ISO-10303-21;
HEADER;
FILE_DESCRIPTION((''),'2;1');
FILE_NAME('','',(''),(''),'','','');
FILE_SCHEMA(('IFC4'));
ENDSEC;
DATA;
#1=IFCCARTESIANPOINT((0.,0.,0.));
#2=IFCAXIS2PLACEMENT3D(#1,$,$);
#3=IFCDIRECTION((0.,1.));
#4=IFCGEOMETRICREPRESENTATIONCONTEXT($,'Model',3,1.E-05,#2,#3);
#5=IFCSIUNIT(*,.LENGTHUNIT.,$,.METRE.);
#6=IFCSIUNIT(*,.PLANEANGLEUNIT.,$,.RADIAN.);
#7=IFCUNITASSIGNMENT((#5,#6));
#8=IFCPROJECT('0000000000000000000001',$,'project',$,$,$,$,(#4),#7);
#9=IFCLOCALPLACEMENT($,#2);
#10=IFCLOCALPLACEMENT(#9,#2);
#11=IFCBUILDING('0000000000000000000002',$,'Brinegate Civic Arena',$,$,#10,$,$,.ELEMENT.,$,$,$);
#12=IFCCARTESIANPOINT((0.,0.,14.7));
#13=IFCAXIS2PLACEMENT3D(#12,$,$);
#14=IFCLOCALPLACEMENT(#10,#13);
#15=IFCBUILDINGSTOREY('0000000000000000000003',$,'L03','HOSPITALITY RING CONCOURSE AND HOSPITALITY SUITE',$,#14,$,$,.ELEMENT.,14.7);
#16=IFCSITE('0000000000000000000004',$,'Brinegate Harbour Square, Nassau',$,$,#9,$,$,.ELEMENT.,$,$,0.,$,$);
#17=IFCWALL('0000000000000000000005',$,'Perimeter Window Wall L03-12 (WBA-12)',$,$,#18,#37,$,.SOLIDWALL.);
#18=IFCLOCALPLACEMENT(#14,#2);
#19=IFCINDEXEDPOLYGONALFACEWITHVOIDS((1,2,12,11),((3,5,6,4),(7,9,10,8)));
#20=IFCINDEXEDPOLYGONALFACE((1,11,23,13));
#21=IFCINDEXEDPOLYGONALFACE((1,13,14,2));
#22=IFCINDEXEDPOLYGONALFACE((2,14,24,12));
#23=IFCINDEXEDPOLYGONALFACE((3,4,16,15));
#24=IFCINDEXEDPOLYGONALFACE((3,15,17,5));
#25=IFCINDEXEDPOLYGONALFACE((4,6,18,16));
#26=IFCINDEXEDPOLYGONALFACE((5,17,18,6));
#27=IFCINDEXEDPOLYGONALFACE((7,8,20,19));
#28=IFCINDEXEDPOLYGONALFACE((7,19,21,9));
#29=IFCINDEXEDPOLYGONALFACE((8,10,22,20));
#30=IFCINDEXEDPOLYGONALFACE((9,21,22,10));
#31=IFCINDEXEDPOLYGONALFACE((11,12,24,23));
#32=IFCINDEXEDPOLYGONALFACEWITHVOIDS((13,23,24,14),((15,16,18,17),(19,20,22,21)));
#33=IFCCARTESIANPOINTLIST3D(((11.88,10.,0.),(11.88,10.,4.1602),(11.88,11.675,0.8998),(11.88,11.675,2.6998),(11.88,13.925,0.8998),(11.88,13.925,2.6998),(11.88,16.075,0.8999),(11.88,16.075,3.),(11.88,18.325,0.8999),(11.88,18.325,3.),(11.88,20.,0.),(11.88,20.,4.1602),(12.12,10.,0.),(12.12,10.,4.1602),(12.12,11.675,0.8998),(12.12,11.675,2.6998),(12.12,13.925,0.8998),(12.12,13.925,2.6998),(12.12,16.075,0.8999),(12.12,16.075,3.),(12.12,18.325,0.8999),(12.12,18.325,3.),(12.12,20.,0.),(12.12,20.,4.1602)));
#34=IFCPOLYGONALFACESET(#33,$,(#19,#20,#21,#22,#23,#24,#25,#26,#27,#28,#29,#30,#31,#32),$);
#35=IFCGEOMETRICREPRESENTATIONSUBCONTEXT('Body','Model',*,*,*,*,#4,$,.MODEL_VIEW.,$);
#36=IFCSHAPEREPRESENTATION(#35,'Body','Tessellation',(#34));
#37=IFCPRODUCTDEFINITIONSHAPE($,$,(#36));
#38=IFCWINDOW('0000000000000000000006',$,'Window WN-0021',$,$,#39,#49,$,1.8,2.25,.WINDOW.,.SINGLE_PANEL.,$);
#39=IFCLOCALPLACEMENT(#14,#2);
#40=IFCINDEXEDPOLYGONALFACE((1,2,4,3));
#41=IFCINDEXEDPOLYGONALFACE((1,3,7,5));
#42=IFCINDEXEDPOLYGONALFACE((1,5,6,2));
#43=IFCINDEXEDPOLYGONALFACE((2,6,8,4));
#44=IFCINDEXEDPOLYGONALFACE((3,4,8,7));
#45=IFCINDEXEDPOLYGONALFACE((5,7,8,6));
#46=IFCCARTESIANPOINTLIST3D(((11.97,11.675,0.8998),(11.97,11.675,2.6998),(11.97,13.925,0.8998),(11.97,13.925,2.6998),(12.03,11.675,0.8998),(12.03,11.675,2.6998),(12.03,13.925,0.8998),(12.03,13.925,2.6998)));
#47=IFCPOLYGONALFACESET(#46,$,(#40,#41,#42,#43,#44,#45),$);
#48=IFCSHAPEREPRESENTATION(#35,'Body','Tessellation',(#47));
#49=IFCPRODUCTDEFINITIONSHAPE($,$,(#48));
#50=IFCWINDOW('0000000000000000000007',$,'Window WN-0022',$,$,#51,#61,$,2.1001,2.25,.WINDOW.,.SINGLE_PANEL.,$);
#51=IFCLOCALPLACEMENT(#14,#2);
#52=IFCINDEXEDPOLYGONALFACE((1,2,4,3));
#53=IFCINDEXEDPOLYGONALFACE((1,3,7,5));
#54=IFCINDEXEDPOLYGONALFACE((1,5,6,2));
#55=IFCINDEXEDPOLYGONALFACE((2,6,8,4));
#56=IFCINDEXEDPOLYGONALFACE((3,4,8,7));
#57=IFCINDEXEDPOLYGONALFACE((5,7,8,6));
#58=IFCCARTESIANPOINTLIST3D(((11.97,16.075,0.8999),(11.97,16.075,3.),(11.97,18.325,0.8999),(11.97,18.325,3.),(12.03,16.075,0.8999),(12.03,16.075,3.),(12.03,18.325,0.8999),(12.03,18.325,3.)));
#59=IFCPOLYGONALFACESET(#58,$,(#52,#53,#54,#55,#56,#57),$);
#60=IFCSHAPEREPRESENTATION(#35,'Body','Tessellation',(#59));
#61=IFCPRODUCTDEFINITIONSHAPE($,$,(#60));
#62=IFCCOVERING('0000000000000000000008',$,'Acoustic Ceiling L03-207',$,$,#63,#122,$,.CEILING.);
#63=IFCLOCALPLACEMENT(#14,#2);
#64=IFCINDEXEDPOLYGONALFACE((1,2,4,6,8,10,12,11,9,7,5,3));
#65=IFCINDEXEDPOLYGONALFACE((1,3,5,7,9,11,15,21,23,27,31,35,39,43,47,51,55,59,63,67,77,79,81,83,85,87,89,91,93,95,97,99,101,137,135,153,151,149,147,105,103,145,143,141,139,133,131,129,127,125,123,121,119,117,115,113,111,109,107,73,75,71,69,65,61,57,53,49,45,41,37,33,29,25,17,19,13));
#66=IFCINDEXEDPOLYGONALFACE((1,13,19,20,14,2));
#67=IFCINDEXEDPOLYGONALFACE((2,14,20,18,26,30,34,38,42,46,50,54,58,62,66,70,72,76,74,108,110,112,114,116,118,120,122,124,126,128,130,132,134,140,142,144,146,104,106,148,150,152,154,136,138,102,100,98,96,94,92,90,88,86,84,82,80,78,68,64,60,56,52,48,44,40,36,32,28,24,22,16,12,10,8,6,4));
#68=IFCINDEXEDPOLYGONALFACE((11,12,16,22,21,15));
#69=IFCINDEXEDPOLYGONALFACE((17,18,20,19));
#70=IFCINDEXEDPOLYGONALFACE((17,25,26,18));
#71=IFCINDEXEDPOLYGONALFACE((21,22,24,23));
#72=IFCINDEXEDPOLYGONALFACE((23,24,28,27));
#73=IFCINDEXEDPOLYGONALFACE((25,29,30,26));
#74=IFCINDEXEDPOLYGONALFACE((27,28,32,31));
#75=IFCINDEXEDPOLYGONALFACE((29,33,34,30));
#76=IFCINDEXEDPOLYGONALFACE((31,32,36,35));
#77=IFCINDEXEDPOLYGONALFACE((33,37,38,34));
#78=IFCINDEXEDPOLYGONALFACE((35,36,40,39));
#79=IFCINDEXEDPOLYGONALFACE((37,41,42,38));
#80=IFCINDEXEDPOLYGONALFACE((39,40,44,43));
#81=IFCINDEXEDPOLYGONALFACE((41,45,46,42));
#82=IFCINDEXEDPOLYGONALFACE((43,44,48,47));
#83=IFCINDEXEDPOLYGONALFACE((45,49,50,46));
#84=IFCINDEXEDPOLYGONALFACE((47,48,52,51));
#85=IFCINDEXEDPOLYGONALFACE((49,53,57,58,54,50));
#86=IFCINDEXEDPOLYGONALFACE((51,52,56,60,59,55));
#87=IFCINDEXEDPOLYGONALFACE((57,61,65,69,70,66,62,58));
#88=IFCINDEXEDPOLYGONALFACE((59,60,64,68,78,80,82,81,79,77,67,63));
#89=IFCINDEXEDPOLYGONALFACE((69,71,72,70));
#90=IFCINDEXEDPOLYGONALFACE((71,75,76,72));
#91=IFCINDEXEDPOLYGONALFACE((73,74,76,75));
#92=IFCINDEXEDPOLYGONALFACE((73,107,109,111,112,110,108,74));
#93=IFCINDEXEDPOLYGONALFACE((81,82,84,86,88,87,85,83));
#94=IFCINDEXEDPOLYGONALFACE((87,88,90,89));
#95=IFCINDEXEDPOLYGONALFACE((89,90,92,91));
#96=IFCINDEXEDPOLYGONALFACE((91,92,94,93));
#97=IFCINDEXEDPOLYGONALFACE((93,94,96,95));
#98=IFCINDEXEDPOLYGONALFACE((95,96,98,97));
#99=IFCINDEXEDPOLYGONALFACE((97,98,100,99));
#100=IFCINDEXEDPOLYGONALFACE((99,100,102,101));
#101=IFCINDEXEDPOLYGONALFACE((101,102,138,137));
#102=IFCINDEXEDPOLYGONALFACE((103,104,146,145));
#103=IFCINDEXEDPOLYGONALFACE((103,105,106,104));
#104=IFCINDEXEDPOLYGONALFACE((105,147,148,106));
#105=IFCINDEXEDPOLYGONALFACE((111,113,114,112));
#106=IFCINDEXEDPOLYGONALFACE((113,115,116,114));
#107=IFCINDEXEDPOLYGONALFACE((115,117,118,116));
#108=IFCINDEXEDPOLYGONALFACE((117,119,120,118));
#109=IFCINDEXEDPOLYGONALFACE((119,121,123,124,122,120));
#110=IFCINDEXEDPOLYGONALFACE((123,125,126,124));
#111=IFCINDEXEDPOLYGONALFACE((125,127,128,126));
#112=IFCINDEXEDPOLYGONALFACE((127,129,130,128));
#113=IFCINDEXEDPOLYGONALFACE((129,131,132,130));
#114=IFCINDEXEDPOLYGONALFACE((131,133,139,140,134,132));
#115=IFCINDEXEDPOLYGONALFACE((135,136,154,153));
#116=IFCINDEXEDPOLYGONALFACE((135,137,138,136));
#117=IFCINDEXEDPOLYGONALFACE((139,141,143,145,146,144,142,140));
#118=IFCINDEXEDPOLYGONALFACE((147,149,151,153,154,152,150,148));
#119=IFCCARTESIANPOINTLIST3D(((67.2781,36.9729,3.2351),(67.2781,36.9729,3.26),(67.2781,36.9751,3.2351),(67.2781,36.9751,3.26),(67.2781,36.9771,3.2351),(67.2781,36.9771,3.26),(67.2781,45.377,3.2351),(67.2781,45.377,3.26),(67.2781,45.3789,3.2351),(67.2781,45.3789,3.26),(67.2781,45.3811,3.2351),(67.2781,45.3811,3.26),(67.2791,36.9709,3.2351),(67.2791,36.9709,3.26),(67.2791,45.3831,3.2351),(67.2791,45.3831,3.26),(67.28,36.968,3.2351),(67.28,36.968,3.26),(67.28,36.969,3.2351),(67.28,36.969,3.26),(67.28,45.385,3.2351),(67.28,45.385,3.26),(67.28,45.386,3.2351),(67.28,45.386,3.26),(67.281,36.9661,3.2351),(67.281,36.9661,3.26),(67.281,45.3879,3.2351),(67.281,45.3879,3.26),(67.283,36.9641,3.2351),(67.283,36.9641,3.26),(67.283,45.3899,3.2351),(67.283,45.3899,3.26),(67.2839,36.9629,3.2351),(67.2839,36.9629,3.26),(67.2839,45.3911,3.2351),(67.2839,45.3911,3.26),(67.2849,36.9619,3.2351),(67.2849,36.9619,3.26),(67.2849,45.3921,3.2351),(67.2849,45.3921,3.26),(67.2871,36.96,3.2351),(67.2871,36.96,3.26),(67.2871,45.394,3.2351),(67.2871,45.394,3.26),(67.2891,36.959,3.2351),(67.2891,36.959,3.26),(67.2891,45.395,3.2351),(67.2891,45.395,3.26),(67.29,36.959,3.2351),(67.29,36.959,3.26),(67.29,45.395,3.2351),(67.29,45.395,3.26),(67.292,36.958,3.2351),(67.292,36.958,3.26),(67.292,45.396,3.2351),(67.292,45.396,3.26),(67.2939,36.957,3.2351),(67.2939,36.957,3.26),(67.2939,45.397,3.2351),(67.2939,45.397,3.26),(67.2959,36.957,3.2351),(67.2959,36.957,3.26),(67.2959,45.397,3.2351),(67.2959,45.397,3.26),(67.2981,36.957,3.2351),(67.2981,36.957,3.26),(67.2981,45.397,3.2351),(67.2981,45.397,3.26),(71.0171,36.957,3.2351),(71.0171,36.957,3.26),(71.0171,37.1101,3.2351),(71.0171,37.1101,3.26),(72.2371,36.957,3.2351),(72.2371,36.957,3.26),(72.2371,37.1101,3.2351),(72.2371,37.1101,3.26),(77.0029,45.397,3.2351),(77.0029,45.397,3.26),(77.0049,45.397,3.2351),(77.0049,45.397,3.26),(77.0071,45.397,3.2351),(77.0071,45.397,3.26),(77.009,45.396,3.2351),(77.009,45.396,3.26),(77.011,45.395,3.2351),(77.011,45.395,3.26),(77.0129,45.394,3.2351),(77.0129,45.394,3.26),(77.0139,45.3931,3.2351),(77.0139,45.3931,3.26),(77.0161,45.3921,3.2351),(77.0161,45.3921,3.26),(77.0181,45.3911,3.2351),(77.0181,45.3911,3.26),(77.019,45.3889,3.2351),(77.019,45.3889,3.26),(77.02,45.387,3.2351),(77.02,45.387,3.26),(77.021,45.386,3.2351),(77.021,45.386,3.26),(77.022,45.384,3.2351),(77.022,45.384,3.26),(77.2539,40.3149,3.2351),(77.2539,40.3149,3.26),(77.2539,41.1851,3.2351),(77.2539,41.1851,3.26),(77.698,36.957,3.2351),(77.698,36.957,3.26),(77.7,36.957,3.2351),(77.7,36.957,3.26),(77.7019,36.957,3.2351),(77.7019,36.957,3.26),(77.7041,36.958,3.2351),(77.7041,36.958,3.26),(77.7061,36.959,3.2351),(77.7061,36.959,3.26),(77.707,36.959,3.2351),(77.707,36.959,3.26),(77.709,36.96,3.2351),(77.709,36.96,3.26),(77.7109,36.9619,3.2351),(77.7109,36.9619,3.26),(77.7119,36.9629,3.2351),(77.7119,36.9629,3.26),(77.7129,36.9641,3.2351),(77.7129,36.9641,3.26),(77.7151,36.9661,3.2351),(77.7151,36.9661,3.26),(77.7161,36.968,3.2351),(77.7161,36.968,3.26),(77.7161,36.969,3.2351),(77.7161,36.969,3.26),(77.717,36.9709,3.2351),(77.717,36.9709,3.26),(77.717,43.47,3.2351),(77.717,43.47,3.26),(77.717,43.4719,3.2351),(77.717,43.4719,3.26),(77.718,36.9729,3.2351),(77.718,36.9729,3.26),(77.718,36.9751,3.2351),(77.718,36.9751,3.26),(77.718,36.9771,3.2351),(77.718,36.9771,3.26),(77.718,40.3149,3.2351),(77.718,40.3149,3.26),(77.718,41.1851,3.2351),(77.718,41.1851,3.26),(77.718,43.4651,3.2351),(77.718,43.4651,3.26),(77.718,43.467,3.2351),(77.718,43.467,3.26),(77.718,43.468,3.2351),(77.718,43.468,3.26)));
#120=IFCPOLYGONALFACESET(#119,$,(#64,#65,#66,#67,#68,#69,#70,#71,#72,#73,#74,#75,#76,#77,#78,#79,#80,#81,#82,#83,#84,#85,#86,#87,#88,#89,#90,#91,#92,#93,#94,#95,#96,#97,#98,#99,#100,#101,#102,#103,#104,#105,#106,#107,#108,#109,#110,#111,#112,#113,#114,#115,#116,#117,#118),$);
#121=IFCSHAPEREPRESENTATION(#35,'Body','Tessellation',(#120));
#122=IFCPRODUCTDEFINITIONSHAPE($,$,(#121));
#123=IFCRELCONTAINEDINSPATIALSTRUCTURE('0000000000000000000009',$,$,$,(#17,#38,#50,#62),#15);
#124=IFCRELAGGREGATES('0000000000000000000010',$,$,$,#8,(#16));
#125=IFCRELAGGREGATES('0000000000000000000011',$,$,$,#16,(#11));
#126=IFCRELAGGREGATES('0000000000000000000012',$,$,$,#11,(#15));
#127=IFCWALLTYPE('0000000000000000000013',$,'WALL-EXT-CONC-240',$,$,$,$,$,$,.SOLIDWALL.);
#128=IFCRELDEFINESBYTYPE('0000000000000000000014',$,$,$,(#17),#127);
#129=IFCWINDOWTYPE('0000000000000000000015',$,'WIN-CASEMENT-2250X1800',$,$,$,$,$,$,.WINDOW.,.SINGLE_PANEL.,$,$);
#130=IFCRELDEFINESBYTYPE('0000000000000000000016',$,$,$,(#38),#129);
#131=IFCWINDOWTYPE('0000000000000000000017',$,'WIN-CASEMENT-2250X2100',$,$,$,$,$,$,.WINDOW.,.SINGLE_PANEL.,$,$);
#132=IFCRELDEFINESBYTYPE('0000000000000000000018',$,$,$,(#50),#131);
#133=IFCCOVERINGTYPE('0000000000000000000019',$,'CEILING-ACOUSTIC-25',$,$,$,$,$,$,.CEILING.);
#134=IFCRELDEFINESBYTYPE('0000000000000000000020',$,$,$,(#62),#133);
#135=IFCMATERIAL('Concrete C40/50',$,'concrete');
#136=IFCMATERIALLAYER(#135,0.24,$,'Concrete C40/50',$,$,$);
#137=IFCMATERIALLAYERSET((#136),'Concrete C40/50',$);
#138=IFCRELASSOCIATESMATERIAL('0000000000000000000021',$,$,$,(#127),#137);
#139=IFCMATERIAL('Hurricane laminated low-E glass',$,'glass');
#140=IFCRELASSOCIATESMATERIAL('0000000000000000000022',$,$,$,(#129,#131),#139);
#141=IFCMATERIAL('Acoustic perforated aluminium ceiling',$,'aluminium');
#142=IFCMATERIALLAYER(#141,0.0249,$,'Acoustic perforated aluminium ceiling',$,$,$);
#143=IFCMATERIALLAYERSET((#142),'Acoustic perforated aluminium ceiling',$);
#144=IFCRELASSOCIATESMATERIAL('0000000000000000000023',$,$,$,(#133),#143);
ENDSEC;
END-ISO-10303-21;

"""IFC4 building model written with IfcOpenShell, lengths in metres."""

from ifc_helpers import new_model, si_unit, direction, frame, frame_2d, origin, place, context, subcontext, project, spatial, polyline, rectangle, outline, extrude, material, layer, layer_set, type_object, element, fill, save


model = new_model("IFC4")

# Units and contexts
model_context = context("Model", 3, precision=1e-05, world=origin(), true_north=direction((0.0, 1.0)))
body_context = subcontext(model_context, "Body", "Model", "MODEL_VIEW")
ifc_project = project(units=[si_unit("LENGTHUNIT", "METRE"), si_unit("PLANEANGLEUNIT", "RADIAN")], contexts=[model_context])

# Site, building, storey
site_placement = place(None, origin())
site = spatial("IfcSite", under=ifc_project, at=site_placement, Name="Brinegate Harbour Square, Nassau", CompositionType="ELEMENT", RefElevation=0.0)
building_placement = place(site_placement, origin())
building = spatial("IfcBuilding", under=site, at=building_placement, Name="Brinegate Civic Arena", CompositionType="ELEMENT")
storey_placement = place(building_placement, frame((0.0, 0.0, 14.7)))
storey = spatial("IfcBuildingStorey", under=building, at=storey_placement, Name="L03", Description="HOSPITALITY RING CONCOURSE AND HOSPITALITY SUITE", CompositionType="ELEMENT", Elevation=14.7)

# Shared definitions
ifc_material_1 = material(Name="Hurricane laminated low-E glass", Category="glass")

# Wall, openings, windows
ifc_material_2 = material(Name="Concrete C40/50", Category="concrete")
ifc_layer_1 = layer(ifc_material_2, 0.24, Name="Concrete C40/50")
ifc_layer_set_1 = layer_set([ifc_layer_1], Name="Concrete C40/50")
wall_type = type_object("IfcWallType", Name="WALL-EXT-CONC-240", PredefinedType="SOLIDWALL", material=ifc_layer_set_1)
wall_placement = place(storey_placement, frame((12.0, 10.0, 0.0), z_axis=(0.0, 0.0, 1.0), x_axis=(0.0, 1.0, 0.0)))
wall = element("IfcWall", 1, at=wall_placement, inside=storey, type_object=wall_type, Name="Perimeter Window Wall L03-12 (WBA-12)", PredefinedType="SOLIDWALL", context=body_context, shape_type="SweptSolid", body=[
    extrude(rectangle(XDim=10.0, YDim=0.24, at=frame_2d((5.0, 0.0))), origin(), (0.0, 0.0, 1.0), 4.1602),
])
opening_1_placement = place(wall_placement, frame((1.675, 0.0, 0.8999)))
opening_1 = element("IfcOpeningElement", 2, at=opening_1_placement, cuts=wall, PredefinedType="OPENING", context=body_context, shape_type="SweptSolid", body=[
    extrude(rectangle(XDim=2.25, YDim=1.8, at=frame_2d((1.125, 0.8999))), frame((0.0, 0.1299, 0.0), z_axis=(0.0, -1.0, 0.0), x_axis=(1.0, 0.0, 0.0)), (0.0, 0.0, 1.0), 0.26),
])
opening_2_placement = place(wall_placement, frame((6.075, 0.0, 0.8999)))
opening_2 = element("IfcOpeningElement", 3, at=opening_2_placement, cuts=wall, PredefinedType="OPENING", context=body_context, shape_type="SweptSolid", body=[
    extrude(rectangle(XDim=2.25, YDim=2.1001, at=frame_2d((1.125, 1.05))), frame((0.0, 0.1299, 0.0), z_axis=(0.0, -1.0, 0.0), x_axis=(1.0, 0.0, 0.0)), (0.0, 0.0, 1.0), 0.26),
])
window_type_1 = type_object("IfcWindowType", Name="WIN-CASEMENT-2250X1800", PartitioningType="SINGLE_PANEL", PredefinedType="WINDOW", material=ifc_material_1)
window_1_placement = place(opening_1_placement, origin())
window_1 = element("IfcWindow", 4, at=window_1_placement, inside=storey, type_object=window_type_1, Name="Window WN-0021", OverallHeight=1.8, OverallWidth=2.25, PartitioningType="SINGLE_PANEL", PredefinedType="WINDOW", context=body_context, shape_type="SweptSolid", body=[
    extrude(rectangle(XDim=2.25, YDim=1.8, at=frame_2d((1.125, 0.8999))), frame((0.0, 0.03, 0.0), z_axis=(0.0, -1.0, 0.0), x_axis=(1.0, 0.0, 0.0)), (0.0, 0.0, 1.0), 0.0601),
])
fill(opening_1, window_1)
window_type_2 = type_object("IfcWindowType", Name="WIN-CASEMENT-2250X2100", PartitioningType="SINGLE_PANEL", PredefinedType="WINDOW", material=ifc_material_1)
window_2_placement = place(opening_2_placement, origin())
window_2 = element("IfcWindow", 5, at=window_2_placement, inside=storey, type_object=window_type_2, Name="Window WN-0022", OverallHeight=2.1001, OverallWidth=2.25, PartitioningType="SINGLE_PANEL", PredefinedType="WINDOW", context=body_context, shape_type="SweptSolid", body=[
    extrude(rectangle(XDim=2.25, YDim=2.1001, at=frame_2d((1.125, 1.05))), frame((0.0, 0.03, 0.0), z_axis=(0.0, -1.0, 0.0), x_axis=(1.0, 0.0, 0.0)), (0.0, 0.0, 1.0), 0.0601),
])
fill(opening_2, window_2)

# Covering
ifc_material_3 = material(Name="Acoustic perforated aluminium ceiling", Category="aluminium")
ifc_layer_2 = layer(ifc_material_3, 0.0249, Name="Acoustic perforated aluminium ceiling")
ifc_layer_set_2 = layer_set([ifc_layer_2], Name="Acoustic perforated aluminium ceiling")
covering_type_1 = type_object("IfcCoveringType", Name="CEILING-ACOUSTIC-25", PredefinedType="CEILING", material=ifc_layer_set_2)
covering_1_placement = place(storey_placement, frame((0.0, 0.0, 3.2351)))
element("IfcCovering", 6, at=covering_1_placement, inside=storey, type_object=covering_type_1, Name="Acoustic Ceiling L03-207", PredefinedType="CEILING", context=body_context, shape_type="SweptSolid", body=[
    extrude(outline(polyline([(67.2939, 36.957), (67.292, 36.958), (67.29, 36.959), (67.2891, 36.959), (67.2871, 36.96), (67.2849, 36.9619), (67.2839, 36.9629), (67.283, 36.9641), (67.281, 36.9661), (67.28, 36.968), (67.28, 36.969), (67.2791, 36.9709), (67.2781, 36.9729), (67.2781, 36.9751), (67.2781, 36.9771), (67.2781, 45.377), (67.2781, 45.3789), (67.2781, 45.3811), (67.2791, 45.3831), (67.28, 45.385), (67.28, 45.386), (67.281, 45.3879), (67.283, 45.3899), (67.2839, 45.3911), (67.2849, 45.3921), (67.2871, 45.394), (67.2891, 45.395), (67.29, 45.395), (67.292, 45.396), (67.2939, 45.397), (67.2959, 45.397), (67.2981, 45.397), (77.0029, 45.397), (77.0049, 45.397), (77.0071, 45.397), (77.009, 45.396), (77.011, 45.395), (77.0129, 45.394), (77.0139, 45.3931), (77.0161, 45.3921), (77.0181, 45.3911), (77.019, 45.3889), (77.02, 45.387), (77.021, 45.386), (77.022, 45.384), (77.717, 43.4719), (77.717, 43.47), (77.718, 43.468), (77.718, 43.467), (77.718, 43.4651), (77.718, 41.1851), (77.2539, 41.1851), (77.2539, 40.3149), (77.718, 40.3149), (77.718, 36.9771), (77.718, 36.9751), (77.718, 36.9729), (77.717, 36.9709), (77.7161, 36.969), (77.7161, 36.968), (77.7151, 36.9661), (77.7129, 36.9641), (77.7119, 36.9629), (77.7109, 36.9619), (77.709, 36.96), (77.707, 36.959), (77.7061, 36.959), (77.7041, 36.958), (77.7019, 36.957), (77.7, 36.957), (77.698, 36.957), (72.2371, 36.957), (72.2371, 37.1101), (71.0171, 37.1101), (71.0171, 36.957), (67.2981, 36.957), (67.2959, 36.957), (67.2939, 36.957)])), origin(), (0.0, 0.0, 1.0), 0.0249),
])

save(model, "model.ifc")
